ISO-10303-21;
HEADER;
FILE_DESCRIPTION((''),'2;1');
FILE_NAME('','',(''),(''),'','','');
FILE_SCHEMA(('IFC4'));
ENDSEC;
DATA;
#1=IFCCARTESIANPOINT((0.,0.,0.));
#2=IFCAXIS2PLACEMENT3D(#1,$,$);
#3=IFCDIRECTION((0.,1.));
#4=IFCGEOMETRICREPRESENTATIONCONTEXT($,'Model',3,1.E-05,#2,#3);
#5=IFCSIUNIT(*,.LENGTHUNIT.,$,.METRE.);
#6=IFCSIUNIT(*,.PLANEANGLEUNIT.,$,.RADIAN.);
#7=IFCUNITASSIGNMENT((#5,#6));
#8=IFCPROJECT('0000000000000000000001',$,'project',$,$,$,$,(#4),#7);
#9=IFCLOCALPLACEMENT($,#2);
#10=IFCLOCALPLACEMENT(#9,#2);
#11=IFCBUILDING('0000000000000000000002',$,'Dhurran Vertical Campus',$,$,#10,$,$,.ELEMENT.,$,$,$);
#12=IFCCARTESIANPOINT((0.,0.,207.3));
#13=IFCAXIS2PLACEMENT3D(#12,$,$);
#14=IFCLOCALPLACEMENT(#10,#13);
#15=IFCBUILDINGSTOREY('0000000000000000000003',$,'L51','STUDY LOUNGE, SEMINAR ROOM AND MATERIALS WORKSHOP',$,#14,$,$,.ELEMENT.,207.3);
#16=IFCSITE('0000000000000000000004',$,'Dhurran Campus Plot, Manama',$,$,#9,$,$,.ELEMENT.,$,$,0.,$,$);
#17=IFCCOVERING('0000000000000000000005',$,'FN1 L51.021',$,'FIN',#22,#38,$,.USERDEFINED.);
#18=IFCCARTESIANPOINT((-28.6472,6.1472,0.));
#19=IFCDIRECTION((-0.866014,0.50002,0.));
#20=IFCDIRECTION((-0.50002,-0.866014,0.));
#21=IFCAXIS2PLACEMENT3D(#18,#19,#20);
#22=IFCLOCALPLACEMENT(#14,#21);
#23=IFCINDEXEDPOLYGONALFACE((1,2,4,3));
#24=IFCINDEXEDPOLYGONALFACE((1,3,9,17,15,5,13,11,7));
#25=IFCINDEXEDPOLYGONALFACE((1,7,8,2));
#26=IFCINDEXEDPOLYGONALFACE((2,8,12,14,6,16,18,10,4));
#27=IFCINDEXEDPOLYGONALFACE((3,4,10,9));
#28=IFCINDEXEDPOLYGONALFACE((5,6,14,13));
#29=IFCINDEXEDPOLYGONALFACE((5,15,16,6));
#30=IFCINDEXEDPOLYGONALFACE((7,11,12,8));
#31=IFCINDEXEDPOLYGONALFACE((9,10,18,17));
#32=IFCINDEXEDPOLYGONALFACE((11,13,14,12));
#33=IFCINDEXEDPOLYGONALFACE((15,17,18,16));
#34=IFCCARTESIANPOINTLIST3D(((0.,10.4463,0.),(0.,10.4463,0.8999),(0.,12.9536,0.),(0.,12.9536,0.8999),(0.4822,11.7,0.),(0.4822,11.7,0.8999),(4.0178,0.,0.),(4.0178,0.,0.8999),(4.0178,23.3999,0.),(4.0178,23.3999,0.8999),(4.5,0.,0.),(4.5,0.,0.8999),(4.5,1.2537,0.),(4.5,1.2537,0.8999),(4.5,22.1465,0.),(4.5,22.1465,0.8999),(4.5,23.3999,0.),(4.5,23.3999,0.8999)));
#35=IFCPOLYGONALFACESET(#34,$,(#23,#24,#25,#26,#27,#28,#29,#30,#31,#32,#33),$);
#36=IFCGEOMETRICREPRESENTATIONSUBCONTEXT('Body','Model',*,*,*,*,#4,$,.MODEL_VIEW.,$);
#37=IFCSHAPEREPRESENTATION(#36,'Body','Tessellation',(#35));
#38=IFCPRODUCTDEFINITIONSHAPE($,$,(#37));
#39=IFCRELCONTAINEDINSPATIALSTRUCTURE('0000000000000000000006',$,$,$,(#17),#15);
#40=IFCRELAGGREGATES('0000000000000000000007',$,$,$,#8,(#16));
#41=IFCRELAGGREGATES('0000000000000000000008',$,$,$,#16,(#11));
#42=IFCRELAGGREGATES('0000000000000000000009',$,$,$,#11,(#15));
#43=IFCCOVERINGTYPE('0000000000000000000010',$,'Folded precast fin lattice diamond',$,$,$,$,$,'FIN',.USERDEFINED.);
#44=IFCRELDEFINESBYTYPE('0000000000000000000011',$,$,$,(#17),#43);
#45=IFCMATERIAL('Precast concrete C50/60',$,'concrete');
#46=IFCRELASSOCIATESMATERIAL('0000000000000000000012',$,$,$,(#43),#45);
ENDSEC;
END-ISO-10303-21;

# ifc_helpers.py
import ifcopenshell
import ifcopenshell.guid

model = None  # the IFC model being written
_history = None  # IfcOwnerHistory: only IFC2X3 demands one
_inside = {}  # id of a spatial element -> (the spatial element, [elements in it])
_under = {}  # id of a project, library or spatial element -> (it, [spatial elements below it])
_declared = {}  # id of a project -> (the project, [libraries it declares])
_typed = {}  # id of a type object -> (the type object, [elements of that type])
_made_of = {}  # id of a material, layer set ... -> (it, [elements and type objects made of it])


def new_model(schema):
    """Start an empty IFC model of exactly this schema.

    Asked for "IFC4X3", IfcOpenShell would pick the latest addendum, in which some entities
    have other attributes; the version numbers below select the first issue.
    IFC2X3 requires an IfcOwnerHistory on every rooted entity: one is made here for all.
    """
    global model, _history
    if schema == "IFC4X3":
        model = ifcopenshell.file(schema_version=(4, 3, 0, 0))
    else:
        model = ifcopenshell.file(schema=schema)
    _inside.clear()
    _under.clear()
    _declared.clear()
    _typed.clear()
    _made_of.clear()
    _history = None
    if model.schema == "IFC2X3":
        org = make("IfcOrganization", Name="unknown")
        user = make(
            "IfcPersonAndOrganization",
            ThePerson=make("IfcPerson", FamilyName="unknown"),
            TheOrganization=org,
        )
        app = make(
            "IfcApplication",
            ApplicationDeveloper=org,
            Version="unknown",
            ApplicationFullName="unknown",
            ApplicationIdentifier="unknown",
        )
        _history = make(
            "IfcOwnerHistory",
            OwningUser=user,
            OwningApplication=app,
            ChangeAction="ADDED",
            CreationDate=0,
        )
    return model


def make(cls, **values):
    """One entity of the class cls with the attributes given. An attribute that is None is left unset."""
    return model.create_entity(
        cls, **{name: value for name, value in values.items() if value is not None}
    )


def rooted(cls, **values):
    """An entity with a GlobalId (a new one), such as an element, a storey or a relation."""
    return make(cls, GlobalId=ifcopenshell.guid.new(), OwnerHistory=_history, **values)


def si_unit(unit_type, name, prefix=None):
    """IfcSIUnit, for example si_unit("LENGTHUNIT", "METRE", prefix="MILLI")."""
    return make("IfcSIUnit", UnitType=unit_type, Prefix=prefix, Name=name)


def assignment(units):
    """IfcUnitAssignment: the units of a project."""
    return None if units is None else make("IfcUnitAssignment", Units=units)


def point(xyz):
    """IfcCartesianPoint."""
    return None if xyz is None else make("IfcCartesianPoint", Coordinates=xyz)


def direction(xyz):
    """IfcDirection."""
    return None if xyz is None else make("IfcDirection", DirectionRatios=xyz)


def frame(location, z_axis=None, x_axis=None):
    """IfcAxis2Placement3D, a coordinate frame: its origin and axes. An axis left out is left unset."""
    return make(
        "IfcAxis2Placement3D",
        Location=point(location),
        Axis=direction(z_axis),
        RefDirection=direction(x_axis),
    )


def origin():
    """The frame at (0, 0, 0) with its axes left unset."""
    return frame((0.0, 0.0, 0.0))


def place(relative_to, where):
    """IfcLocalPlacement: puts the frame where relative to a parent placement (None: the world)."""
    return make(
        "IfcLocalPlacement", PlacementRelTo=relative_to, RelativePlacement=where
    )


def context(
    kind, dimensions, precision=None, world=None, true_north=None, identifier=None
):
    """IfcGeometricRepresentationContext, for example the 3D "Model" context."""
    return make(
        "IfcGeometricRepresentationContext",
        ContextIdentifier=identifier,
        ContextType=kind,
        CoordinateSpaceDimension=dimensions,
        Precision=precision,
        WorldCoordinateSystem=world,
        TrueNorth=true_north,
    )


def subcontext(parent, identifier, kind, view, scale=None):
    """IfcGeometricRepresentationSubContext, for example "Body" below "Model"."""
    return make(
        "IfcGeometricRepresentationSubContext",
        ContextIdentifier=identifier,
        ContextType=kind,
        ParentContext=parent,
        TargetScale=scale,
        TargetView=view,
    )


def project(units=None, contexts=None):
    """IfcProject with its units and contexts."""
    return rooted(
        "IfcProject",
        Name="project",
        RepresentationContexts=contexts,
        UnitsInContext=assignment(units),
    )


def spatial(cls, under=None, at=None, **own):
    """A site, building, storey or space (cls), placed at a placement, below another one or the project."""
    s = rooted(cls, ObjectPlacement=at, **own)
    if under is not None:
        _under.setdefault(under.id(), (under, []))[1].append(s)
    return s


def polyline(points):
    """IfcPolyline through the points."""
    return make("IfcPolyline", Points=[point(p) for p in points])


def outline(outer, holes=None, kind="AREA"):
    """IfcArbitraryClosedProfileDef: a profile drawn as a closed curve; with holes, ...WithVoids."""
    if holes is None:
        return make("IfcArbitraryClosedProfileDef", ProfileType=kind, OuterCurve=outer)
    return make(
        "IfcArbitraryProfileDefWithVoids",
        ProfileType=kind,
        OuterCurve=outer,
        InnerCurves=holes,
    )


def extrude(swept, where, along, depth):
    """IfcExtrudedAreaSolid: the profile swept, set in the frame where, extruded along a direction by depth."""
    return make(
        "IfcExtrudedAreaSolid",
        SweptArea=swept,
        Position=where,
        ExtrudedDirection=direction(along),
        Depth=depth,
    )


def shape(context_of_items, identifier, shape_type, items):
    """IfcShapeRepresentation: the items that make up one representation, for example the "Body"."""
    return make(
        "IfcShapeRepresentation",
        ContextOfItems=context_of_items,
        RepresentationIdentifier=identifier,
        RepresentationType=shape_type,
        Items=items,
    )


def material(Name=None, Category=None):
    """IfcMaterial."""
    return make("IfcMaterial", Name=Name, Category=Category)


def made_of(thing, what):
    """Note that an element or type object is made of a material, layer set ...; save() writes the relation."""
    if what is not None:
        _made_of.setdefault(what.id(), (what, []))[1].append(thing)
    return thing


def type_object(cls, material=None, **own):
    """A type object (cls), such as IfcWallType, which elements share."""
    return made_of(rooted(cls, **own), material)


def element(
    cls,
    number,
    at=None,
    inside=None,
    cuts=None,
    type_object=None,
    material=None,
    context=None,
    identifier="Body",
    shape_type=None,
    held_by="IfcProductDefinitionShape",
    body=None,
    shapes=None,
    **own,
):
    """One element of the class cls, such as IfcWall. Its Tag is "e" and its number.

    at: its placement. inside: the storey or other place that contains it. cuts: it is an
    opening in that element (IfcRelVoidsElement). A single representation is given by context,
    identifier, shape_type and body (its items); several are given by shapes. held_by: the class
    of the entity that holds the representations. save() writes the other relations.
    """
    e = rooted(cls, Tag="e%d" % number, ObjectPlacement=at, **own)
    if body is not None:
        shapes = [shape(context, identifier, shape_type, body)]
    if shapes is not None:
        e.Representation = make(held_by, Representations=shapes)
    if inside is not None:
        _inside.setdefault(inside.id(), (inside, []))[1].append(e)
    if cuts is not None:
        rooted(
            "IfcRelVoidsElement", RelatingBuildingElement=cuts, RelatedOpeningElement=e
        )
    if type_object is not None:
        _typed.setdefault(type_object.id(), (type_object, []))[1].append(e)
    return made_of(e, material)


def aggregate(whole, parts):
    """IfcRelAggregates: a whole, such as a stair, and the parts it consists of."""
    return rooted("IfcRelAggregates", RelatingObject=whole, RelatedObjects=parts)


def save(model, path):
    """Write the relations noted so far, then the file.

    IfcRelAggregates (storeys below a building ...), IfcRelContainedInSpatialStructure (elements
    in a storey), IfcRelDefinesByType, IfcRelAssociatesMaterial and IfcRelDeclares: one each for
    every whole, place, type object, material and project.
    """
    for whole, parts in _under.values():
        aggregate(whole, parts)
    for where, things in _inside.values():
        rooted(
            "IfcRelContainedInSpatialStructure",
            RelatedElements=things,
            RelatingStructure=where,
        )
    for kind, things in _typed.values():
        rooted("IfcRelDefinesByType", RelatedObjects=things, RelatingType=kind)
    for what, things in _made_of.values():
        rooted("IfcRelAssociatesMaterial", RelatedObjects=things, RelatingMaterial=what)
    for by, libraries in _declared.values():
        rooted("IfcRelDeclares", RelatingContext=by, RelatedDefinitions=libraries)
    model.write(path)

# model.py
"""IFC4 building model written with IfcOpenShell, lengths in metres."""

from ifc_helpers import new_model, si_unit, direction, frame, origin, place, context, subcontext, project, spatial, polyline, outline, extrude, material, type_object, element, save


model = new_model("IFC4")

# Units and contexts
model_context = context("Model", 3, precision=1e-05, world=origin(), true_north=direction((0.0, 1.0)))
body_context = subcontext(model_context, "Body", "Model", "MODEL_VIEW")
ifc_project = project(units=[si_unit("LENGTHUNIT", "METRE"), si_unit("PLANEANGLEUNIT", "RADIAN")], contexts=[model_context])

# Site, building, storey
site_placement = place(None, origin())
site = spatial("IfcSite", under=ifc_project, at=site_placement, Name="Dhurran Campus Plot, Manama", CompositionType="ELEMENT", RefElevation=0.0)
building_placement = place(site_placement, origin())
building = spatial("IfcBuilding", under=site, at=building_placement, Name="Dhurran Vertical Campus", CompositionType="ELEMENT")
storey_placement = place(building_placement, frame((0.0, 0.0, 207.3)))
storey = spatial("IfcBuildingStorey", under=building, at=storey_placement, Name="L51", Description="STUDY LOUNGE, SEMINAR ROOM AND MATERIALS WORKSHOP", CompositionType="ELEMENT", Elevation=207.3)

# Covering
ifc_material_1 = material(Name="Precast concrete C50/60", Category="concrete")
covering_type = type_object("IfcCoveringType", Name="Folded precast fin lattice diamond", ElementType="FIN", PredefinedType="USERDEFINED", material=ifc_material_1)
covering_1_placement = place(storey_placement, frame((-28.6472, 6.1472, 0.0), z_axis=(-0.866014, 0.50002, 0.0), x_axis=(-0.50002, -0.866014, 0.0)))
element("IfcCovering", 1, at=covering_1_placement, inside=storey, type_object=covering_type, Name="FN1 L51.021", ObjectType="FIN", PredefinedType="USERDEFINED", context=body_context, shape_type="SweptSolid", body=[
    extrude(outline(polyline([(4.0178, 0.0), (0.0, 10.4463), (0.0, 12.9536), (4.0178, 23.3999), (4.5, 23.3999), (4.5, 22.1465), (0.4822, 11.7), (4.5, 1.2537), (4.5, 0.0), (4.0178, 0.0)])), origin(), (0.0, 0.0, 1.0), 0.8999),
])

save(model, "model.ifc")
